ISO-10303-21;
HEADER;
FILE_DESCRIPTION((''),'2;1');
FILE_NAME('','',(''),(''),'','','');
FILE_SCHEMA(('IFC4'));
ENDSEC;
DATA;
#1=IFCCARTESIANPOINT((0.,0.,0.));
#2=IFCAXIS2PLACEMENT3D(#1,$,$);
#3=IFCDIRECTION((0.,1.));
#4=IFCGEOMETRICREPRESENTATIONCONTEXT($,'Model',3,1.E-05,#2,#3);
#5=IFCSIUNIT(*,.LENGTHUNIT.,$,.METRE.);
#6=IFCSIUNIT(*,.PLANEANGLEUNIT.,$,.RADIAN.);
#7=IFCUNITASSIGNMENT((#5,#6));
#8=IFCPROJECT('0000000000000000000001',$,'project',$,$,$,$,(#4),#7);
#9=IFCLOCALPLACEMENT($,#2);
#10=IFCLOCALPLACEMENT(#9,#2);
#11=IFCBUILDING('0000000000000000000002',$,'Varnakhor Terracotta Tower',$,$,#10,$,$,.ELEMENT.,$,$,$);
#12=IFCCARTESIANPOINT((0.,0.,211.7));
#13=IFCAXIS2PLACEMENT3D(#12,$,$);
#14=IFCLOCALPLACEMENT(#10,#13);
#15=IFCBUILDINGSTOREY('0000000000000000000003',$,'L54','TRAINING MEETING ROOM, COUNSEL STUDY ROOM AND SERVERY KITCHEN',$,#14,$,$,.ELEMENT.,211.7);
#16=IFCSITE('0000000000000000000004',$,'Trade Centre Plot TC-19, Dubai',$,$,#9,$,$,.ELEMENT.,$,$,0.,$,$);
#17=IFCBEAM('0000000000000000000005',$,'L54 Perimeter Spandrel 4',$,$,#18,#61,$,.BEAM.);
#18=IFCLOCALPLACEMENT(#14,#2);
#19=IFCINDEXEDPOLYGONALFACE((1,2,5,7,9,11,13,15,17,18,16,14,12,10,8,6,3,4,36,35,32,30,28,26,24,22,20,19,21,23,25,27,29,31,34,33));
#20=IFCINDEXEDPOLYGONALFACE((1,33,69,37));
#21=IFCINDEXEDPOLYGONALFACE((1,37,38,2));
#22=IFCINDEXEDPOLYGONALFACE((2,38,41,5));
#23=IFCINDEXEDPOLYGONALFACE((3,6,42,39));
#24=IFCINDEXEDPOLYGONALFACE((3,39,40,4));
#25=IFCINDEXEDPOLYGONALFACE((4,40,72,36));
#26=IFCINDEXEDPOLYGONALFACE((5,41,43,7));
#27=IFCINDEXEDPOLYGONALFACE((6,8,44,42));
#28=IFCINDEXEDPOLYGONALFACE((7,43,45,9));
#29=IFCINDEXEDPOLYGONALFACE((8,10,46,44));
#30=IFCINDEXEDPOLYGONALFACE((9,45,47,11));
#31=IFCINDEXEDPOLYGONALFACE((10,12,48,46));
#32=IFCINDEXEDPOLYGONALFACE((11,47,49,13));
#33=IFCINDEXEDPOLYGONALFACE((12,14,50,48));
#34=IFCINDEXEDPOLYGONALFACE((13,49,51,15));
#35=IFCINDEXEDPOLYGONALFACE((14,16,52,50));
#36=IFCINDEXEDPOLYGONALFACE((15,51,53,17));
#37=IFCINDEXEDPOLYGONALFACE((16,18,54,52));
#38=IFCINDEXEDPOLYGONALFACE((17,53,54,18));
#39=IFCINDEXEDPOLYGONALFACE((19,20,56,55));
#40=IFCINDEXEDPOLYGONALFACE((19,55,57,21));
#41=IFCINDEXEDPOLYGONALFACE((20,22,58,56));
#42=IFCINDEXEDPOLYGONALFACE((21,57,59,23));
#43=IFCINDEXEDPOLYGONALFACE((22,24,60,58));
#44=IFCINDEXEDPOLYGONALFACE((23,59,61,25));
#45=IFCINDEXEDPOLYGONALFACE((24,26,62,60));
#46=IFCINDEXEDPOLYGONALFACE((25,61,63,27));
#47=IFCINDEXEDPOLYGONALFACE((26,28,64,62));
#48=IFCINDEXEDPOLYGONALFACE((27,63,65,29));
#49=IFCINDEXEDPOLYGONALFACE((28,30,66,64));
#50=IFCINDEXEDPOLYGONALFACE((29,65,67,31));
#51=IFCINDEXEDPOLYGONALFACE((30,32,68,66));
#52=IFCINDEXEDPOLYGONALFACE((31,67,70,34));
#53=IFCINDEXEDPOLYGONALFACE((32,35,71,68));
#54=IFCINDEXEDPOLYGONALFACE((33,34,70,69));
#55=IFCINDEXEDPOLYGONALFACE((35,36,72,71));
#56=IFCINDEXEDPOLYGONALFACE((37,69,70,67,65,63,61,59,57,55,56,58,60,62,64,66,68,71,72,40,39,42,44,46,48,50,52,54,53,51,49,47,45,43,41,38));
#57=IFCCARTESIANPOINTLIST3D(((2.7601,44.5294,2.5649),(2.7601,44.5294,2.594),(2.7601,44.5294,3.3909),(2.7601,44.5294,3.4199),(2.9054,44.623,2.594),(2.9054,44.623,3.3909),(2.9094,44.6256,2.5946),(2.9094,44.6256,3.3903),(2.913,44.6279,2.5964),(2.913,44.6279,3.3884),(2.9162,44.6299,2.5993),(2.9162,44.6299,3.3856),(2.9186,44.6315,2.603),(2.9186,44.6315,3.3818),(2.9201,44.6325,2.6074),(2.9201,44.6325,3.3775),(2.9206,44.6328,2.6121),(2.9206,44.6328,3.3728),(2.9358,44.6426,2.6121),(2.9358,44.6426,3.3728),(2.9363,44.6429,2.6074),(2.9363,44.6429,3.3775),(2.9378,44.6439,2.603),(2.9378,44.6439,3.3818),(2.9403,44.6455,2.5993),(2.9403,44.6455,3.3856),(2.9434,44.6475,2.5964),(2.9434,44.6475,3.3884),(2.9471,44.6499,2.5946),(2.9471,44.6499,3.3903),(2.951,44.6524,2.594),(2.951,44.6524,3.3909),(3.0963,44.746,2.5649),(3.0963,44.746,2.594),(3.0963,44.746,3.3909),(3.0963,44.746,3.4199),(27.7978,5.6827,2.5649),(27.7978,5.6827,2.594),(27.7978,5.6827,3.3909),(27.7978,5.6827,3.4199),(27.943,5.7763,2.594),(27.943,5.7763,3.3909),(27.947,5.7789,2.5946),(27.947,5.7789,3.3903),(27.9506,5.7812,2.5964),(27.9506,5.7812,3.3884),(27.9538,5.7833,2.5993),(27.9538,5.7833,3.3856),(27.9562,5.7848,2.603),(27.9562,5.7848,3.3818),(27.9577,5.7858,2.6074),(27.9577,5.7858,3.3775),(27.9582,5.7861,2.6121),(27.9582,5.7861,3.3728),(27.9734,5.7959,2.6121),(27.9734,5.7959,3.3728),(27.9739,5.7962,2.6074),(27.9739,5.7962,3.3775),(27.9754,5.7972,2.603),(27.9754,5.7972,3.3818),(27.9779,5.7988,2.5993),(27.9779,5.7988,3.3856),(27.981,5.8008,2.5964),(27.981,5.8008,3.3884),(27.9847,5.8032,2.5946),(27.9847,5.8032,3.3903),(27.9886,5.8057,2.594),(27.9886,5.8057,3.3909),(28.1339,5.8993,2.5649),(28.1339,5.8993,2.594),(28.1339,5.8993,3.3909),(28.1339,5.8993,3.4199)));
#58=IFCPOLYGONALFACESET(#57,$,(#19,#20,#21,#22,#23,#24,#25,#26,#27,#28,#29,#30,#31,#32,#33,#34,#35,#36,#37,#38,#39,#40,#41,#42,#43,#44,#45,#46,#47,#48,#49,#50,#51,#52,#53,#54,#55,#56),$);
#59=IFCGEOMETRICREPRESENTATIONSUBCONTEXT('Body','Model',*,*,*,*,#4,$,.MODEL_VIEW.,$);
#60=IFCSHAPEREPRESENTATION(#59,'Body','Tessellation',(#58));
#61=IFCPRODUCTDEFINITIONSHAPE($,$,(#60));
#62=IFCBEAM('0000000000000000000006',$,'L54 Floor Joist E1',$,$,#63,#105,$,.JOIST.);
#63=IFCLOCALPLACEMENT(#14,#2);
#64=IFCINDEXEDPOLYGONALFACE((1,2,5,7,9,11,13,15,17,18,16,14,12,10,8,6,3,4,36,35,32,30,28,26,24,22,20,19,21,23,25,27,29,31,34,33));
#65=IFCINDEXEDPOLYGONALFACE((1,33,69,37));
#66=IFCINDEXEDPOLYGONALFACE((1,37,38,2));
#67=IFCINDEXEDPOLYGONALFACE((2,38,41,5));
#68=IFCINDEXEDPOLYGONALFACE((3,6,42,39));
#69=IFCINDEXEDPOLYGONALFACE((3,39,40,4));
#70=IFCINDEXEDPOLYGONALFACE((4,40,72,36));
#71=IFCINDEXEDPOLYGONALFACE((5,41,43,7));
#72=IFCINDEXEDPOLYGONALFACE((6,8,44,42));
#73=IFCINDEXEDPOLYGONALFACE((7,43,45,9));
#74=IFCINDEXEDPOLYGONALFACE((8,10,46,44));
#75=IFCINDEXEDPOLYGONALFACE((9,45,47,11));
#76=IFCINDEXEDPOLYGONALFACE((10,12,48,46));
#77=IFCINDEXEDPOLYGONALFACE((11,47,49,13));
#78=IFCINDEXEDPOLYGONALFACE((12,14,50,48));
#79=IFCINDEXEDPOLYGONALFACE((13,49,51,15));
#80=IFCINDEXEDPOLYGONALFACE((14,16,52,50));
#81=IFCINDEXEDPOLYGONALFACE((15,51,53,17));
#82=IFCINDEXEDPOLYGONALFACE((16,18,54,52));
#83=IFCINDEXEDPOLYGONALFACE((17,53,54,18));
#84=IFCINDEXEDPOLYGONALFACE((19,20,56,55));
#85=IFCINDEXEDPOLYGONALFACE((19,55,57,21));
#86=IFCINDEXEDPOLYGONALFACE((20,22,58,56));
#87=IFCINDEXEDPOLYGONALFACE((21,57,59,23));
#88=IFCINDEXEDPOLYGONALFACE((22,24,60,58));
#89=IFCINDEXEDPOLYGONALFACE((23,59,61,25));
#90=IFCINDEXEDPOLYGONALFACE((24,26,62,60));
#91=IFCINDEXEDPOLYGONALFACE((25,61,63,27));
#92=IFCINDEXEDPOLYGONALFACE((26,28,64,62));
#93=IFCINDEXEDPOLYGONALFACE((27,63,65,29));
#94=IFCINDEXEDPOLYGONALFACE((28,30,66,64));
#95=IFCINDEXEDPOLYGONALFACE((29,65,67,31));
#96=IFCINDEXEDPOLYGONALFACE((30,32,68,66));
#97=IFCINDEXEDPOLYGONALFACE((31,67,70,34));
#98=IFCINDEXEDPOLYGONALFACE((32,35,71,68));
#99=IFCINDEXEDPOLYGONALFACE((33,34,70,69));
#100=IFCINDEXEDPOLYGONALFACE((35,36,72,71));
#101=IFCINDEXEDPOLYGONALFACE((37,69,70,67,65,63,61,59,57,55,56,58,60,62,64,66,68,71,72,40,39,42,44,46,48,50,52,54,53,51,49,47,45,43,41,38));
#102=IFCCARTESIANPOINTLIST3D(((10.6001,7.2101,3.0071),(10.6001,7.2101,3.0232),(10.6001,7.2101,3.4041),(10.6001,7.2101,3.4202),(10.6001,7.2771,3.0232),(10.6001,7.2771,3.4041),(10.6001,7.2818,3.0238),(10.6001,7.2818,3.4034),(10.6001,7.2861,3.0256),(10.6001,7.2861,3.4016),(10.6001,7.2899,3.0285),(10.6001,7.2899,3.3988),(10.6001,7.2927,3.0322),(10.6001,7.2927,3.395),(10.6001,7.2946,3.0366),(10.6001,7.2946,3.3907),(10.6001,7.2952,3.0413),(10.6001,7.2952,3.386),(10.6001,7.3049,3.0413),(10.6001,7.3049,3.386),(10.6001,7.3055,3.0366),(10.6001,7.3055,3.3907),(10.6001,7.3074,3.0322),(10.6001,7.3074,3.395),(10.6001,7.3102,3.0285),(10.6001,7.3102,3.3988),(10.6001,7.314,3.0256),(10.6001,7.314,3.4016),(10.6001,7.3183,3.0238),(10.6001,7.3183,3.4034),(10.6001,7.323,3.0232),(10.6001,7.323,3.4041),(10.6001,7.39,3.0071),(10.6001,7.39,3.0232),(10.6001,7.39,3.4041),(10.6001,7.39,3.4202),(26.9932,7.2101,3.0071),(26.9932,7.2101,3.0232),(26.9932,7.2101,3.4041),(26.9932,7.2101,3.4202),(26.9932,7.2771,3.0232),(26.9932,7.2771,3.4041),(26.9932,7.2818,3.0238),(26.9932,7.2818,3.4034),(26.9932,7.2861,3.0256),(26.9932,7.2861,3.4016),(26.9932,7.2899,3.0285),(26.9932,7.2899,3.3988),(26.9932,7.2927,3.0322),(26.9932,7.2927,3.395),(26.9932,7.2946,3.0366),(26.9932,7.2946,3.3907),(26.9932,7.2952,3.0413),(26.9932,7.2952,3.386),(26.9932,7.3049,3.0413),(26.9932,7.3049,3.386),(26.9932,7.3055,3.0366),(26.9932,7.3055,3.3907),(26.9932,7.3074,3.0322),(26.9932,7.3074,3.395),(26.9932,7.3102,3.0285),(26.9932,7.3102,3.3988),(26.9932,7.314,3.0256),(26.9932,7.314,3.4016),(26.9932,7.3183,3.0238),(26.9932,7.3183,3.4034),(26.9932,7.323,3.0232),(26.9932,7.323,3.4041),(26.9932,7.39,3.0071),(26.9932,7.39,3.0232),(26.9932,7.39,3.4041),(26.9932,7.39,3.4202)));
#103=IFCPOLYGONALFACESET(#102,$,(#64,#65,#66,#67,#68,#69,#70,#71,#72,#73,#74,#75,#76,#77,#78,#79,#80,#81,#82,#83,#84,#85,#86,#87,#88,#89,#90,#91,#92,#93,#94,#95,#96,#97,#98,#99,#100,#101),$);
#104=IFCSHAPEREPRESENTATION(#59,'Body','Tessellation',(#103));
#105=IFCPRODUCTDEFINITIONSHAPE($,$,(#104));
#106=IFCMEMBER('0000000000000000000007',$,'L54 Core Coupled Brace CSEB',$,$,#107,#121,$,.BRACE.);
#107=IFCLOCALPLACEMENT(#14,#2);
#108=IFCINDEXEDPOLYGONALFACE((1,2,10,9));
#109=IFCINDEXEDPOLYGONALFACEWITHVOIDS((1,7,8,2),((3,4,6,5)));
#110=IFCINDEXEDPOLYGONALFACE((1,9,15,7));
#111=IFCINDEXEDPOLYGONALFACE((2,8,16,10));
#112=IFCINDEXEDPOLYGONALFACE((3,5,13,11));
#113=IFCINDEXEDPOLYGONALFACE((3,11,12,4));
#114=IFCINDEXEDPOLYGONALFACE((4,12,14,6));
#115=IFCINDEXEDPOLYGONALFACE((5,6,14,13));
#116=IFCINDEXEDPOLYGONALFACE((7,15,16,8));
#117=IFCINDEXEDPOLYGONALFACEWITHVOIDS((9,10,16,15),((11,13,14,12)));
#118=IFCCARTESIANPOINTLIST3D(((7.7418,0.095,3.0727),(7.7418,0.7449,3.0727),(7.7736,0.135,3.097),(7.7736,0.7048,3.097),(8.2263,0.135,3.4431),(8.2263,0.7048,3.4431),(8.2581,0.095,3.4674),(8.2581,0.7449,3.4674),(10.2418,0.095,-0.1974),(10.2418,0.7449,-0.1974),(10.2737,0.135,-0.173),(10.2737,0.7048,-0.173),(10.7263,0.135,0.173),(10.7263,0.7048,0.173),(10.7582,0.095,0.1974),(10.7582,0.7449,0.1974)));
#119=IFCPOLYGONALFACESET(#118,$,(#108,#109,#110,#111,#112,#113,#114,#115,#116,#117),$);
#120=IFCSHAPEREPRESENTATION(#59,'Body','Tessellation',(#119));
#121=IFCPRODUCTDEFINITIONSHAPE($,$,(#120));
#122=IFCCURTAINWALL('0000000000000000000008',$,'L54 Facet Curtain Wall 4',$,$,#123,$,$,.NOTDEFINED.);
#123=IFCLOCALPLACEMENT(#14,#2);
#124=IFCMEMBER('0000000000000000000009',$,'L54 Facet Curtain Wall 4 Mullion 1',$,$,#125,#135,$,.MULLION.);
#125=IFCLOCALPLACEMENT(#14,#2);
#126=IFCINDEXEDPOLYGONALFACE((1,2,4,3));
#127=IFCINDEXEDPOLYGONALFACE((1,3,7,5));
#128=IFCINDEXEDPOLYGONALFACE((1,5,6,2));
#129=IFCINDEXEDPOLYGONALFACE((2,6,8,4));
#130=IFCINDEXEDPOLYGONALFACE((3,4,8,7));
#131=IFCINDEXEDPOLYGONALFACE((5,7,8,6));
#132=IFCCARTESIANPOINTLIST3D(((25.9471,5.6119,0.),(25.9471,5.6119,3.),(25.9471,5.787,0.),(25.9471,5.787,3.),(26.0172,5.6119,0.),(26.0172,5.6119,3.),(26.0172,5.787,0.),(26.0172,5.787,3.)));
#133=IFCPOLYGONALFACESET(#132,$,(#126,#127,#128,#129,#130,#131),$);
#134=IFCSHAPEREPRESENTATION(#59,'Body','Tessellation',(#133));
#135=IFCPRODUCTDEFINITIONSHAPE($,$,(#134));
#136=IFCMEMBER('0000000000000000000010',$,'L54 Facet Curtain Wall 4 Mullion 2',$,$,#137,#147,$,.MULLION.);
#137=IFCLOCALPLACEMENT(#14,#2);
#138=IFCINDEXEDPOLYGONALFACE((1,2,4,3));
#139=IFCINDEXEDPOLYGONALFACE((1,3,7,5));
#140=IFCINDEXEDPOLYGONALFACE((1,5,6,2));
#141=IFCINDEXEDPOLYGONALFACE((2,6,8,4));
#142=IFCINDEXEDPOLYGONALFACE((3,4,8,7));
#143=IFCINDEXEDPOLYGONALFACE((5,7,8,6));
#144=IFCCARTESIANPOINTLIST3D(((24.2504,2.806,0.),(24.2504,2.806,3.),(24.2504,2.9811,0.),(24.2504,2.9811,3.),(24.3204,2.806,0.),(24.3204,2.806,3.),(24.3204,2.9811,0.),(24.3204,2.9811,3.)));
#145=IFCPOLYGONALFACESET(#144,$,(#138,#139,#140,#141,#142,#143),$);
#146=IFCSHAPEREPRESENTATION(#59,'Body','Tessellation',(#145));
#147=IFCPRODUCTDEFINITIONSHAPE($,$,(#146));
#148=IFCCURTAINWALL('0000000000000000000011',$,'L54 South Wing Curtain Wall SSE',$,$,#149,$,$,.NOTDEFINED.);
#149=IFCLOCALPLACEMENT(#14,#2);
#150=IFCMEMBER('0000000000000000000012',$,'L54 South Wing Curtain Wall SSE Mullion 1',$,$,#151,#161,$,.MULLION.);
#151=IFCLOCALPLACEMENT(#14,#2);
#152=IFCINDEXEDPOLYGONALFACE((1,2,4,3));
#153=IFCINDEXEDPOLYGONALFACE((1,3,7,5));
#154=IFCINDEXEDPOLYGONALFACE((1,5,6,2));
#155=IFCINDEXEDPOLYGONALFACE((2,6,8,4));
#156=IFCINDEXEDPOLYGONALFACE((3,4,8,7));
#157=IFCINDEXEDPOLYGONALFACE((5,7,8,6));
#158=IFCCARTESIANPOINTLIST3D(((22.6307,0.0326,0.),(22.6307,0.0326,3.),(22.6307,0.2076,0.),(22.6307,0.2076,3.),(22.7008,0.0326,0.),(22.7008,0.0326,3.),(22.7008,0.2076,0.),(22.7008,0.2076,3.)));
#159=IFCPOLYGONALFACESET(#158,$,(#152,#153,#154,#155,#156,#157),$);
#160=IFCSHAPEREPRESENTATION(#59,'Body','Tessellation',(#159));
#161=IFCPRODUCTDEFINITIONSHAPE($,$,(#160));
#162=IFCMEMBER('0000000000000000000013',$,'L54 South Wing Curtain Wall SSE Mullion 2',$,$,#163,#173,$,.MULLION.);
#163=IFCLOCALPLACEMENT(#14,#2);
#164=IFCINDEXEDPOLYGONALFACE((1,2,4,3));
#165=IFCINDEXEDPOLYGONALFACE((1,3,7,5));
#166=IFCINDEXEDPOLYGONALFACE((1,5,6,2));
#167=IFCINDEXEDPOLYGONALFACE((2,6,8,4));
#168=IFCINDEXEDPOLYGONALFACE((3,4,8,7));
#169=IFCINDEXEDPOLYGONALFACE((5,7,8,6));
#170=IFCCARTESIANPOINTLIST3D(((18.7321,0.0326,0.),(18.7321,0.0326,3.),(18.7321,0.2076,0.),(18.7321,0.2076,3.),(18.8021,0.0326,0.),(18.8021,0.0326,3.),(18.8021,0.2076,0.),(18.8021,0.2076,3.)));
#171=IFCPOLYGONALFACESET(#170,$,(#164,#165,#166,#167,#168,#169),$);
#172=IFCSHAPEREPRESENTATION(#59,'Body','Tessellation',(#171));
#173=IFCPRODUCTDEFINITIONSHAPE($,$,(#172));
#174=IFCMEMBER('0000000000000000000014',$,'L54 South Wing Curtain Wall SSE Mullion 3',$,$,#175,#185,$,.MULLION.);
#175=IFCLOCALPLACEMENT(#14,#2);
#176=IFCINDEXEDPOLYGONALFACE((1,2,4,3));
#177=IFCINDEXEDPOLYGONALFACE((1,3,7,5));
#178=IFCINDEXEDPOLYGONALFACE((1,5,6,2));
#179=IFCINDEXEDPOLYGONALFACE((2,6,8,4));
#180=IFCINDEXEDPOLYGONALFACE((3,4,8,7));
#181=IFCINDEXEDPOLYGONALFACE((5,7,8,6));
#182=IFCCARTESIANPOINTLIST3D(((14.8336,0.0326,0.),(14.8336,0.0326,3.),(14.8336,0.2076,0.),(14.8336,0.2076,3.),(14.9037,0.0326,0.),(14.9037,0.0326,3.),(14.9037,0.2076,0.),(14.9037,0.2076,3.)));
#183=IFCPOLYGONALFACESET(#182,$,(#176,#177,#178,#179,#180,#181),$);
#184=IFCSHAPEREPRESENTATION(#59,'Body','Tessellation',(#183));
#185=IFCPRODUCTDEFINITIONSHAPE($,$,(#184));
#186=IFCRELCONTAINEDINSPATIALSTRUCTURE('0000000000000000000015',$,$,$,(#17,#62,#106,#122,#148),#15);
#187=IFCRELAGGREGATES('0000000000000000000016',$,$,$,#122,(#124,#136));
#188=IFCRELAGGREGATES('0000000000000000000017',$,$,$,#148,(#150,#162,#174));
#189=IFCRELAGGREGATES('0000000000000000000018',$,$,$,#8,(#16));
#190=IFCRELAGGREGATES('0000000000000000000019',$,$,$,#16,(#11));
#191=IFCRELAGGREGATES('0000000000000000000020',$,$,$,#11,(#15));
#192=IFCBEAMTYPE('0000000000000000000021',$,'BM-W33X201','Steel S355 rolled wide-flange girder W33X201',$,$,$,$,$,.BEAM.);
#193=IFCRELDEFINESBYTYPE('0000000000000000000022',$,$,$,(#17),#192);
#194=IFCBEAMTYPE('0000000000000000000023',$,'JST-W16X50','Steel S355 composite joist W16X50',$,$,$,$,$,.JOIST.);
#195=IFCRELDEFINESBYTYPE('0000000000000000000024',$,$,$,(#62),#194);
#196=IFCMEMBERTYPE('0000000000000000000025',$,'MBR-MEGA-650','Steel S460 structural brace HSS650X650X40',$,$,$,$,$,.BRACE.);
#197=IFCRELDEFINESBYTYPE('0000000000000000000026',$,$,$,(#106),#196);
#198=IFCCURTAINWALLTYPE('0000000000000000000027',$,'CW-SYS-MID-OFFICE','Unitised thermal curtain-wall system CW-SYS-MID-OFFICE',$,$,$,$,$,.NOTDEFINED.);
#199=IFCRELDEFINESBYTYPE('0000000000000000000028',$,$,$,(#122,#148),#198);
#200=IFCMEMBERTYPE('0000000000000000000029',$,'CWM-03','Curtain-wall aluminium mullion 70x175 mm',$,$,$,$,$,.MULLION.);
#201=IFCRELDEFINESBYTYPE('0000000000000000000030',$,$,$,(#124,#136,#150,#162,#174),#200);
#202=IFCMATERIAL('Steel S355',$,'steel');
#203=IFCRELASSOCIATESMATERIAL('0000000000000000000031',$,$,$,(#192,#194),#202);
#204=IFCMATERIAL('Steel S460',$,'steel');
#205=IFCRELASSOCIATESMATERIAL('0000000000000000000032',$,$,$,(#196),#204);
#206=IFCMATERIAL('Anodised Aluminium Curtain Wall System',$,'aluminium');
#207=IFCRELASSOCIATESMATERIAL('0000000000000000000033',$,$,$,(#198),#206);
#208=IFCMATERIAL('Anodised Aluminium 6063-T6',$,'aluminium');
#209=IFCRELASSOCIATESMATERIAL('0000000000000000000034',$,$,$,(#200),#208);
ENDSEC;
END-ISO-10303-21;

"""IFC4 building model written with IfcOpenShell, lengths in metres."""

from ifc_helpers import new_model, si_unit, direction, frame, origin, origin_2d, place, context, subcontext, project, spatial, rectangle, hollow_rectangle, i_section, extrude, source, transform, mapped, material, material_profile, profile_set, type_object, element, aggregate, save


model = new_model("IFC4")

# Units and contexts
model_context = context("Model", 3, precision=1e-05, world=origin(), true_north=direction((0.0, 1.0)))
body_context = subcontext(model_context, "Body", "Model", "MODEL_VIEW")
ifc_project = project(units=[si_unit("LENGTHUNIT", "METRE"), si_unit("PLANEANGLEUNIT", "RADIAN")], contexts=[model_context])

# Site, building, storey
site_placement = place(None, origin())
site = spatial("IfcSite", under=ifc_project, at=site_placement, Name="Trade Centre Plot TC-19, Dubai", CompositionType="ELEMENT", RefElevation=0.0)
building_placement = place(site_placement, origin())
building = spatial("IfcBuilding", under=site, at=building_placement, Name="Varnakhor Terracotta Tower", CompositionType="ELEMENT")
storey_placement = place(building_placement, frame((0.0, 0.0, 211.7)))
storey = spatial("IfcBuildingStorey", under=building, at=storey_placement, Name="L54", Description="TRAINING MEETING ROOM, COUNSEL STUDY ROOM AND SERVERY KITCHEN", CompositionType="ELEMENT", Elevation=211.7)

# Shared definitions
ifc_material_1 = material(Name="Steel S460", Category="steel")

# Beams
ifc_material_2 = material(Name="Steel S355", Category="steel")
ifc_material_profile_1 = material_profile(ifc_material_2, i_section(OverallWidth=0.3999, OverallDepth=0.855, WebThickness=0.0181, FlangeThickness=0.0291, FilletRadius=0.0181, at=origin_2d()), Name="W33X201")
ifc_profile_set_1 = profile_set([ifc_material_profile_1], Name="Steel S355")
beam_type_1 = type_object("IfcBeamType", Name="BM-W33X201", Description="Steel S355 rolled wide-flange girder W33X201", PredefinedType="BEAM", material=ifc_profile_set_1)
shared_shape_1 = source(origin(), body_context, "Body", "SweptSolid", [
    extrude(i_section(OverallWidth=0.3999, OverallDepth=0.855, WebThickness=0.0181, FlangeThickness=0.0291, FilletRadius=0.0181, at=origin_2d()), origin(), (0.0, 0.0, 1.0), 46.2163),
])
beam_1_placement = place(storey_placement, frame((27.9658, 5.791, 2.9924), z_axis=(-0.541748, 0.840541, 0.0), x_axis=(-0.840541, -0.541748, 0.0)))
element("IfcBeam", 1, at=beam_1_placement, inside=storey, type_object=beam_type_1, Name="L54 Perimeter Spandrel 4", PredefinedType="BEAM", context=body_context, shape_type="MappedRepresentation", body=[
    mapped(shared_shape_1, transform((0.0, 0.0, 0.0), scale=1.0)),
])
ifc_material_profile_2 = material_profile(ifc_material_2, i_section(OverallWidth=0.1799, OverallDepth=0.4131, WebThickness=0.0098, FlangeThickness=0.0161, FilletRadius=0.0181, at=origin_2d()), Name="W16X50")
ifc_profile_set_2 = profile_set([ifc_material_profile_2], Name="Steel S355")
beam_type_2 = type_object("IfcBeamType", Name="JST-W16X50", Description="Steel S355 composite joist W16X50", PredefinedType="JOIST", material=ifc_profile_set_2)
shared_shape_2 = source(origin(), body_context, "Body", "SweptSolid", [
    extrude(i_section(OverallWidth=0.1799, OverallDepth=0.4131, WebThickness=0.0098, FlangeThickness=0.0161, FilletRadius=0.0181, at=origin_2d()), origin(), (0.0, 0.0, 1.0), 16.3931),
])
beam_2_placement = place(storey_placement, frame((10.6001, 7.3, 3.2136), z_axis=(1.0, 0.0, 0.0), x_axis=(0.0, 1.0, 0.0)))
element("IfcBeam", 2, at=beam_2_placement, inside=storey, type_object=beam_type_2, Name="L54 Floor Joist E1", PredefinedType="JOIST", context=body_context, shape_type="MappedRepresentation", body=[
    mapped(shared_shape_2, transform((0.0, 0.0, 0.0), scale=1.0)),
])

# Member
ifc_material_profile_3 = material_profile(ifc_material_1, hollow_rectangle(XDim=0.6499, YDim=0.6499, WallThickness=0.04, at=origin_2d()), Name="HSS650X650X40")
ifc_profile_set_3 = profile_set([ifc_material_profile_3], Name="Steel S460")
member_type_1 = type_object("IfcMemberType", Name="MBR-MEGA-650", Description="Steel S460 structural brace HSS650X650X40", PredefinedType="BRACE", material=ifc_profile_set_3)
shared_shape_3 = source(origin(), body_context, "Body", "SweptSolid", [
    extrude(hollow_rectangle(XDim=0.6499, YDim=0.6499, WallThickness=0.04, at=origin_2d()), origin(), (0.0, 0.0, 1.0), 4.1162),
])
member_1_placement = place(storey_placement, frame((10.5, 0.4199, 0.0), z_axis=(-0.607358, 0.0, 0.794429), x_axis=(0.0, -1.0, 0.0)))
element("IfcMember", 3, at=member_1_placement, inside=storey, type_object=member_type_1, Name="L54 Core Coupled Brace CSEB", PredefinedType="BRACE", context=body_context, shape_type="MappedRepresentation", body=[
    mapped(shared_shape_3, transform((0.0, 0.0, 0.0), scale=1.0)),
])

# Curtain walls, members
ifc_material_3 = material(Name="Anodised Aluminium Curtain Wall System", Category="aluminium")
curtain_wall_type = type_object("IfcCurtainWallType", Name="CW-SYS-MID-OFFICE", Description="Unitised thermal curtain-wall system CW-SYS-MID-OFFICE", PredefinedType="NOTDEFINED", material=ifc_material_3)
curtain_wall_1_placement = place(storey_placement, origin())
curtain_wall_1 = element("IfcCurtainWall", 4, at=curtain_wall_1_placement, inside=storey, type_object=curtain_wall_type, Name="L54 Facet Curtain Wall 4", PredefinedType="NOTDEFINED")
ifc_material_4 = material(Name="Anodised Aluminium 6063-T6", Category="aluminium")
ifc_material_profile_4 = material_profile(ifc_material_4, rectangle(XDim=0.0701, YDim=0.175, at=origin_2d()), Name="ALU MULLION 70x175")
ifc_profile_set_4 = profile_set([ifc_material_profile_4], Name="Anodised Aluminium 6063-T6")
member_type_2 = type_object("IfcMemberType", Name="CWM-03", Description="Curtain-wall aluminium mullion 70x175 mm", PredefinedType="MULLION", material=ifc_profile_set_4)
shared_shape_4 = source(origin(), body_context, "Body", "SweptSolid", [
    extrude(rectangle(XDim=0.0701, YDim=0.175, at=origin_2d()), origin(), (0.0, 0.0, 1.0), 3.0),
])
member_2_placement = place(storey_placement, frame((25.9822, 5.6995, 0.0), z_axis=(0.0, 0.0, 1.0), x_axis=(1.0, 0.0, 0.0)))
member_2 = element("IfcMember", 5, at=member_2_placement, type_object=member_type_2, Name="L54 Facet Curtain Wall 4 Mullion 1", PredefinedType="MULLION", context=body_context, shape_type="MappedRepresentation", body=[
    mapped(shared_shape_4, transform((0.0, 0.0, 0.0), scale=1.0)),
])
member_3_placement = place(storey_placement, frame((24.2854, 2.8936, 0.0), z_axis=(0.0, 0.0, 1.0), x_axis=(1.0, 0.0, 0.0)))
member_3 = element("IfcMember", 6, at=member_3_placement, type_object=member_type_2, Name="L54 Facet Curtain Wall 4 Mullion 2", PredefinedType="MULLION", context=body_context, shape_type="MappedRepresentation", body=[
    mapped(shared_shape_4, transform((0.0, 0.0, 0.0), scale=1.0)),
])
curtain_wall_2_placement = place(storey_placement, origin())
curtain_wall_2 = element("IfcCurtainWall", 7, at=curtain_wall_2_placement, inside=storey, type_object=curtain_wall_type, Name="L54 South Wing Curtain Wall SSE", PredefinedType="NOTDEFINED")
member_4_placement = place(storey_placement, frame((22.6658, 0.1201, 0.0), z_axis=(0.0, 0.0, 1.0), x_axis=(1.0, 0.0, 0.0)))
member_4 = element("IfcMember", 8, at=member_4_placement, type_object=member_type_2, Name="L54 South Wing Curtain Wall SSE Mullion 1", PredefinedType="MULLION", context=body_context, shape_type="MappedRepresentation", body=[
    mapped(shared_shape_4, transform((0.0, 0.0, 0.0), scale=1.0)),
])
member_5_placement = place(storey_placement, frame((18.7671, 0.1201, 0.0), z_axis=(0.0, 0.0, 1.0), x_axis=(1.0, 0.0, 0.0)))
member_5 = element("IfcMember", 9, at=member_5_placement, type_object=member_type_2, Name="L54 South Wing Curtain Wall SSE Mullion 2", PredefinedType="MULLION", context=body_context, shape_type="MappedRepresentation", body=[
    mapped(shared_shape_4, transform((0.0, 0.0, 0.0), scale=1.0)),
])
member_6_placement = place(storey_placement, frame((14.8687, 0.1201, 0.0), z_axis=(0.0, 0.0, 1.0), x_axis=(1.0, 0.0, 0.0)))
member_6 = element("IfcMember", 10, at=member_6_placement, type_object=member_type_2, Name="L54 South Wing Curtain Wall SSE Mullion 3", PredefinedType="MULLION", context=body_context, shape_type="MappedRepresentation", body=[
    mapped(shared_shape_4, transform((0.0, 0.0, 0.0), scale=1.0)),
])

aggregate(curtain_wall_1, [member_2, member_3])
aggregate(curtain_wall_2, [member_4, member_5, member_6])

save(model, "model.ifc")
